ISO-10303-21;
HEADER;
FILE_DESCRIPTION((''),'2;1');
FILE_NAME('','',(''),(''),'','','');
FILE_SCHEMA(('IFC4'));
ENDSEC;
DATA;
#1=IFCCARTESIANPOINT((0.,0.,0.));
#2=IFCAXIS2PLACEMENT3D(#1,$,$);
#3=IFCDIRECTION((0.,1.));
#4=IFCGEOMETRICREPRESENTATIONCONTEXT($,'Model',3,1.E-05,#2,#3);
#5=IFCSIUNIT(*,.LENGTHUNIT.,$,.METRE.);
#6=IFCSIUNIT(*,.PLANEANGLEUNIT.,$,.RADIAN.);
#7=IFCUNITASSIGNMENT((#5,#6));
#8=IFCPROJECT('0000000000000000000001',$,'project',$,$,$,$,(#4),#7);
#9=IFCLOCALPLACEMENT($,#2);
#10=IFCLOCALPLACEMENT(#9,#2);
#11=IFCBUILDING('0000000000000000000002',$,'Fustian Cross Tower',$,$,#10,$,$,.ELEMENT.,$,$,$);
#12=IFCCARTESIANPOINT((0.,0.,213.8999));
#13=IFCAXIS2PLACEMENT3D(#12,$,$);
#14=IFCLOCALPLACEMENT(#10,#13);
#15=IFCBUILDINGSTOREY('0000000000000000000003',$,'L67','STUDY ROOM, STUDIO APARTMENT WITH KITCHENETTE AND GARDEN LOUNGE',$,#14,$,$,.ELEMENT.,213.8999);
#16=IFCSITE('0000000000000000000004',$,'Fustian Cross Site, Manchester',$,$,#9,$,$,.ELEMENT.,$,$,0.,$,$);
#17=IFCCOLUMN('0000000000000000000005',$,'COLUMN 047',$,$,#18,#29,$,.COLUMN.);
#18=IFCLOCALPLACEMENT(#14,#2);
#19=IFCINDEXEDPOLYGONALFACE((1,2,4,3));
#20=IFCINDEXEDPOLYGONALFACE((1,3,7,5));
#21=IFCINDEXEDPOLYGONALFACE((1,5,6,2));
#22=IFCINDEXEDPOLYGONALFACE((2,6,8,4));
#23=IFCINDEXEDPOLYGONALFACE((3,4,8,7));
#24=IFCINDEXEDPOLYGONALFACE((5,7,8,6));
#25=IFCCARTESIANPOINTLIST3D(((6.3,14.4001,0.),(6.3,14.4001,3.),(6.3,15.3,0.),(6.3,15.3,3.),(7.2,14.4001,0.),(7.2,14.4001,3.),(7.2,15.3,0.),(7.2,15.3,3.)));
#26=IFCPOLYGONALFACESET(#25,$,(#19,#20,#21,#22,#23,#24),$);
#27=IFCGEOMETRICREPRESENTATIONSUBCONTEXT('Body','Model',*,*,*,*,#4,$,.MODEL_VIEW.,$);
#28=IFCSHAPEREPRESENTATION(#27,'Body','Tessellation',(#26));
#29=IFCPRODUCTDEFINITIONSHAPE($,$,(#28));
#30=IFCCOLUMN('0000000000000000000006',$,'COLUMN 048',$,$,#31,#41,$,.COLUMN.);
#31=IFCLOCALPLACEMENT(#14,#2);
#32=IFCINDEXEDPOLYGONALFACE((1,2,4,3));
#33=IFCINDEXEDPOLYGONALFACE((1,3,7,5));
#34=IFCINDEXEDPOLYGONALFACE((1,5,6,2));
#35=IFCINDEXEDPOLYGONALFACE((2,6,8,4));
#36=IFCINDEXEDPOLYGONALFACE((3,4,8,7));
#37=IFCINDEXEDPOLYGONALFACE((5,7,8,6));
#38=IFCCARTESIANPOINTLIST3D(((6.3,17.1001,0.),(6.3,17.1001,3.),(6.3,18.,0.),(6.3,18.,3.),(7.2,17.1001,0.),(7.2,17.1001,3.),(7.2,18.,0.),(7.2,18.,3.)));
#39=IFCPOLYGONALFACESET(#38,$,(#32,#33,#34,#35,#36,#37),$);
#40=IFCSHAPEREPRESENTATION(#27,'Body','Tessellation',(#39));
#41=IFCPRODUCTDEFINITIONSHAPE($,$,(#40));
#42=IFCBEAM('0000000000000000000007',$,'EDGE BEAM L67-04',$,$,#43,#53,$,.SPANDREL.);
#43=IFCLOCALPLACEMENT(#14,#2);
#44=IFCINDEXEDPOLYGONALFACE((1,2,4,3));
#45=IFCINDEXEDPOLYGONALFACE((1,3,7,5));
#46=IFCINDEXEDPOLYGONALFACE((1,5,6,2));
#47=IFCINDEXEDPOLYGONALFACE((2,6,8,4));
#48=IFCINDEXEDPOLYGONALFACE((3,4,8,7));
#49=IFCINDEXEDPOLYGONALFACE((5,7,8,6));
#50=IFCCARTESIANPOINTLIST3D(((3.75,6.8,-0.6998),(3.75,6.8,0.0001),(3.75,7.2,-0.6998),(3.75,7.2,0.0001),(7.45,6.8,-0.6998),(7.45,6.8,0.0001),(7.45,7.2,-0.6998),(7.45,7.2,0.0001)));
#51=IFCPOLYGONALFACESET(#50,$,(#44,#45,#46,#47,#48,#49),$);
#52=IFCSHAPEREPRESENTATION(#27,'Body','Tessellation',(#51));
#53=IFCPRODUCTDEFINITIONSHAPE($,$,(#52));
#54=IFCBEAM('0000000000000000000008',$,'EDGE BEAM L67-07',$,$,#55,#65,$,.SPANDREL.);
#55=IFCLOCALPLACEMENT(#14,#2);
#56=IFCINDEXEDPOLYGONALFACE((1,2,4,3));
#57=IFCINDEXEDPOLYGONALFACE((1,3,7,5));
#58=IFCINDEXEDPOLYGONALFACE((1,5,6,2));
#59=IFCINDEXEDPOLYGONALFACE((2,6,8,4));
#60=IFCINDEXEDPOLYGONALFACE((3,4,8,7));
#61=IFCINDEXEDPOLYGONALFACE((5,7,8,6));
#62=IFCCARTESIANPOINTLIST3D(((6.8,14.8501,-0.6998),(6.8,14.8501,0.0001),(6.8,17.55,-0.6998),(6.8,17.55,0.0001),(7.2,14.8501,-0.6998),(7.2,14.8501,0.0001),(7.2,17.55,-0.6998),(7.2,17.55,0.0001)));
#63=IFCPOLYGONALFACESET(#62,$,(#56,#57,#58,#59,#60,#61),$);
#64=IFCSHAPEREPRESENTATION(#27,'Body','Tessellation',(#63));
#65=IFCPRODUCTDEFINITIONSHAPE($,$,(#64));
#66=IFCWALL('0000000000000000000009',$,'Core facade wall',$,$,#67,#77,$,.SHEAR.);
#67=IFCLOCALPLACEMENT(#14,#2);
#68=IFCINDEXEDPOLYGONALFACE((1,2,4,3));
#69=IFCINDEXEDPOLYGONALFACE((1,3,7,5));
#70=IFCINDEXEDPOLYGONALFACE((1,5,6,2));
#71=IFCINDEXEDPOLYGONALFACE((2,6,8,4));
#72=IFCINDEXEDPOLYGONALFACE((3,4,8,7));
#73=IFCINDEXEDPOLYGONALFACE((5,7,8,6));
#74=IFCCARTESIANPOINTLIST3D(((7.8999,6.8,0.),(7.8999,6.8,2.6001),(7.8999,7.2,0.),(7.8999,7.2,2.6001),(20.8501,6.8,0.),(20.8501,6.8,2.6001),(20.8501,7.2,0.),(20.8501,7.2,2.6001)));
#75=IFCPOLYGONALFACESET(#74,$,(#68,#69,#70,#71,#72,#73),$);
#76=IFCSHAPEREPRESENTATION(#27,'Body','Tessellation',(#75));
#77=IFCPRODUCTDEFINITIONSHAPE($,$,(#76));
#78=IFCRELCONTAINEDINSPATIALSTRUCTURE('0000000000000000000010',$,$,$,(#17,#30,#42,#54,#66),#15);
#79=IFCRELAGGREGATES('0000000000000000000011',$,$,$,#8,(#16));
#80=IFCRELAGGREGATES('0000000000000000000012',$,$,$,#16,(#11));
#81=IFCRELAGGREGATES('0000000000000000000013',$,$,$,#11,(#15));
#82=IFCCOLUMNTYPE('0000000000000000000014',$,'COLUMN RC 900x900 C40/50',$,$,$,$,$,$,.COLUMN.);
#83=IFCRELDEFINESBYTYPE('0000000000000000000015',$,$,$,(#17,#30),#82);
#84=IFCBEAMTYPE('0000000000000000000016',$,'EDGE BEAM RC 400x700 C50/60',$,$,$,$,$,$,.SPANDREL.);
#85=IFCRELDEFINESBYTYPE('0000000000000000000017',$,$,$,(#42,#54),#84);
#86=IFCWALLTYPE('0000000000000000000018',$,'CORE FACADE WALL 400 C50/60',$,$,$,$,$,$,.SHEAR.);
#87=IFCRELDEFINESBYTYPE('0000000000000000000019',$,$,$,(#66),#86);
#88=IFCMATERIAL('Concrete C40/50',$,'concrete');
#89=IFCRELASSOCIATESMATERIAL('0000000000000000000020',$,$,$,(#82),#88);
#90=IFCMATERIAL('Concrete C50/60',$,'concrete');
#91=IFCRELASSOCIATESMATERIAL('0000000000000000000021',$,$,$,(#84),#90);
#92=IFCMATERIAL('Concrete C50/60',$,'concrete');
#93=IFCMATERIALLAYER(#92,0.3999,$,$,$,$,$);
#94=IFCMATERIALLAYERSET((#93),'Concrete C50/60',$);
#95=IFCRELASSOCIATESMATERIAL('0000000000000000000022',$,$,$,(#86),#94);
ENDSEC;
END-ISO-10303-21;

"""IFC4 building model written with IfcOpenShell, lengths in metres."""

from ifc_helpers import new_model, si_unit, direction, frame, frame_2d, origin, origin_2d, place, context, subcontext, project, spatial, rectangle, extrude, material, layer, layer_set, material_profile, profile_set, type_object, element, save


model = new_model("IFC4")

# Units and contexts
model_context = context("Model", 3, precision=1e-05, world=origin(), true_north=direction((0.0, 1.0)))
body_context = subcontext(model_context, "Body", "Model", "MODEL_VIEW")
ifc_project = project(units=[si_unit("LENGTHUNIT", "METRE"), si_unit("PLANEANGLEUNIT", "RADIAN")], contexts=[model_context])

# Site, building, storey
site_placement = place(None, origin())
site = spatial("IfcSite", under=ifc_project, at=site_placement, Name="Fustian Cross Site, Manchester", CompositionType="ELEMENT", RefElevation=0.0)
building_placement = place(site_placement, origin())
building = spatial("IfcBuilding", under=site, at=building_placement, Name="Fustian Cross Tower", CompositionType="ELEMENT")
storey_placement = place(building_placement, frame((0.0, 0.0, 213.8999)))
storey = spatial("IfcBuildingStorey", under=building, at=storey_placement, Name="L67", Description="STUDY ROOM, STUDIO APARTMENT WITH KITCHENETTE AND GARDEN LOUNGE", CompositionType="ELEMENT", Elevation=213.8999)

# Columns
ifc_material_1 = material(Name="Concrete C40/50", Category="concrete")
ifc_material_profile_1 = material_profile(ifc_material_1, rectangle(XDim=0.8999, YDim=0.8999, at=origin_2d()), Name="RC 900x900")
ifc_profile_set_1 = profile_set([ifc_material_profile_1], Name="Concrete C40/50")
column_type = type_object("IfcColumnType", Name="COLUMN RC 900x900 C40/50", PredefinedType="COLUMN", material=ifc_profile_set_1)
for number, where, z_axis, x_axis, name in (
    (1, (6.75, 14.8501, 0.0), (0.0, 0.0, 1.0), (1.0, 0.0, 0.0), "COLUMN 047"),
    (2, (6.75, 17.55, 0.0), (0.0, 0.0, 1.0), (1.0, 0.0, 0.0), "COLUMN 048"),
):
    element("IfcColumn", number, at=place(storey_placement, frame(where, z_axis=z_axis, x_axis=x_axis)), inside=storey, type_object=column_type, Name=name, PredefinedType="COLUMN", context=body_context, shape_type="SweptSolid", body=[
        extrude(rectangle(XDim=0.8999, YDim=0.8999, at=origin_2d()), origin(), (0.0, 0.0, 1.0), 3.0),
    ])

# Beams
ifc_material_2 = material(Name="Concrete C50/60", Category="concrete")
ifc_material_profile_2 = material_profile(ifc_material_2, rectangle(XDim=0.3999, YDim=0.7, at=origin_2d()), Name="RC 400x700")
ifc_profile_set_2 = profile_set([ifc_material_profile_2], Name="Concrete C50/60")
beam_type = type_object("IfcBeamType", Name="EDGE BEAM RC 400x700 C50/60", PredefinedType="SPANDREL", material=ifc_profile_set_2)
beam_1_placement = place(storey_placement, frame((7.45, 7.0, -0.3499), z_axis=(-1.0, 0.0, 0.0), x_axis=(0.0, -1.0, 0.0)))
element("IfcBeam", 3, at=beam_1_placement, inside=storey, type_object=beam_type, Name="EDGE BEAM L67-04", PredefinedType="SPANDREL", context=body_context, shape_type="SweptSolid", body=[
    extrude(rectangle(XDim=0.3999, YDim=0.7, at=origin_2d()), origin(), (0.0, 0.0, 1.0), 3.7),
])
beam_2_placement = place(storey_placement, frame((7.0, 14.8501, -0.3499), z_axis=(0.0, 1.0, 0.0), x_axis=(-1.0, 0.0, 0.0)))
element("IfcBeam", 4, at=beam_2_placement, inside=storey, type_object=beam_type, Name="EDGE BEAM L67-07", PredefinedType="SPANDREL", context=body_context, shape_type="SweptSolid", body=[
    extrude(rectangle(XDim=0.3999, YDim=0.7, at=origin_2d()), origin(), (0.0, 0.0, 1.0), 2.7),
])

# Wall
ifc_material_3 = material(Name="Concrete C50/60", Category="concrete")
ifc_layer_1 = layer(ifc_material_3, 0.3999)
ifc_layer_set_1 = layer_set([ifc_layer_1], Name="Concrete C50/60")
wall_type_1 = type_object("IfcWallType", Name="CORE FACADE WALL 400 C50/60", PredefinedType="SHEAR", material=ifc_layer_set_1)
wall_1_placement = place(storey_placement, frame((7.8999, 7.0, 0.0), z_axis=(0.0, 0.0, 1.0), x_axis=(1.0, 0.0, 0.0)))
element("IfcWall", 5, at=wall_1_placement, inside=storey, type_object=wall_type_1, Name="Core facade wall", PredefinedType="SHEAR", context=body_context, shape_type="SweptSolid", body=[
    extrude(rectangle(XDim=12.9502, YDim=0.3999, at=frame_2d((6.4751, 0.0))), origin(), (0.0, 0.0, 1.0), 2.6001),
])

save(model, "model.ifc")
